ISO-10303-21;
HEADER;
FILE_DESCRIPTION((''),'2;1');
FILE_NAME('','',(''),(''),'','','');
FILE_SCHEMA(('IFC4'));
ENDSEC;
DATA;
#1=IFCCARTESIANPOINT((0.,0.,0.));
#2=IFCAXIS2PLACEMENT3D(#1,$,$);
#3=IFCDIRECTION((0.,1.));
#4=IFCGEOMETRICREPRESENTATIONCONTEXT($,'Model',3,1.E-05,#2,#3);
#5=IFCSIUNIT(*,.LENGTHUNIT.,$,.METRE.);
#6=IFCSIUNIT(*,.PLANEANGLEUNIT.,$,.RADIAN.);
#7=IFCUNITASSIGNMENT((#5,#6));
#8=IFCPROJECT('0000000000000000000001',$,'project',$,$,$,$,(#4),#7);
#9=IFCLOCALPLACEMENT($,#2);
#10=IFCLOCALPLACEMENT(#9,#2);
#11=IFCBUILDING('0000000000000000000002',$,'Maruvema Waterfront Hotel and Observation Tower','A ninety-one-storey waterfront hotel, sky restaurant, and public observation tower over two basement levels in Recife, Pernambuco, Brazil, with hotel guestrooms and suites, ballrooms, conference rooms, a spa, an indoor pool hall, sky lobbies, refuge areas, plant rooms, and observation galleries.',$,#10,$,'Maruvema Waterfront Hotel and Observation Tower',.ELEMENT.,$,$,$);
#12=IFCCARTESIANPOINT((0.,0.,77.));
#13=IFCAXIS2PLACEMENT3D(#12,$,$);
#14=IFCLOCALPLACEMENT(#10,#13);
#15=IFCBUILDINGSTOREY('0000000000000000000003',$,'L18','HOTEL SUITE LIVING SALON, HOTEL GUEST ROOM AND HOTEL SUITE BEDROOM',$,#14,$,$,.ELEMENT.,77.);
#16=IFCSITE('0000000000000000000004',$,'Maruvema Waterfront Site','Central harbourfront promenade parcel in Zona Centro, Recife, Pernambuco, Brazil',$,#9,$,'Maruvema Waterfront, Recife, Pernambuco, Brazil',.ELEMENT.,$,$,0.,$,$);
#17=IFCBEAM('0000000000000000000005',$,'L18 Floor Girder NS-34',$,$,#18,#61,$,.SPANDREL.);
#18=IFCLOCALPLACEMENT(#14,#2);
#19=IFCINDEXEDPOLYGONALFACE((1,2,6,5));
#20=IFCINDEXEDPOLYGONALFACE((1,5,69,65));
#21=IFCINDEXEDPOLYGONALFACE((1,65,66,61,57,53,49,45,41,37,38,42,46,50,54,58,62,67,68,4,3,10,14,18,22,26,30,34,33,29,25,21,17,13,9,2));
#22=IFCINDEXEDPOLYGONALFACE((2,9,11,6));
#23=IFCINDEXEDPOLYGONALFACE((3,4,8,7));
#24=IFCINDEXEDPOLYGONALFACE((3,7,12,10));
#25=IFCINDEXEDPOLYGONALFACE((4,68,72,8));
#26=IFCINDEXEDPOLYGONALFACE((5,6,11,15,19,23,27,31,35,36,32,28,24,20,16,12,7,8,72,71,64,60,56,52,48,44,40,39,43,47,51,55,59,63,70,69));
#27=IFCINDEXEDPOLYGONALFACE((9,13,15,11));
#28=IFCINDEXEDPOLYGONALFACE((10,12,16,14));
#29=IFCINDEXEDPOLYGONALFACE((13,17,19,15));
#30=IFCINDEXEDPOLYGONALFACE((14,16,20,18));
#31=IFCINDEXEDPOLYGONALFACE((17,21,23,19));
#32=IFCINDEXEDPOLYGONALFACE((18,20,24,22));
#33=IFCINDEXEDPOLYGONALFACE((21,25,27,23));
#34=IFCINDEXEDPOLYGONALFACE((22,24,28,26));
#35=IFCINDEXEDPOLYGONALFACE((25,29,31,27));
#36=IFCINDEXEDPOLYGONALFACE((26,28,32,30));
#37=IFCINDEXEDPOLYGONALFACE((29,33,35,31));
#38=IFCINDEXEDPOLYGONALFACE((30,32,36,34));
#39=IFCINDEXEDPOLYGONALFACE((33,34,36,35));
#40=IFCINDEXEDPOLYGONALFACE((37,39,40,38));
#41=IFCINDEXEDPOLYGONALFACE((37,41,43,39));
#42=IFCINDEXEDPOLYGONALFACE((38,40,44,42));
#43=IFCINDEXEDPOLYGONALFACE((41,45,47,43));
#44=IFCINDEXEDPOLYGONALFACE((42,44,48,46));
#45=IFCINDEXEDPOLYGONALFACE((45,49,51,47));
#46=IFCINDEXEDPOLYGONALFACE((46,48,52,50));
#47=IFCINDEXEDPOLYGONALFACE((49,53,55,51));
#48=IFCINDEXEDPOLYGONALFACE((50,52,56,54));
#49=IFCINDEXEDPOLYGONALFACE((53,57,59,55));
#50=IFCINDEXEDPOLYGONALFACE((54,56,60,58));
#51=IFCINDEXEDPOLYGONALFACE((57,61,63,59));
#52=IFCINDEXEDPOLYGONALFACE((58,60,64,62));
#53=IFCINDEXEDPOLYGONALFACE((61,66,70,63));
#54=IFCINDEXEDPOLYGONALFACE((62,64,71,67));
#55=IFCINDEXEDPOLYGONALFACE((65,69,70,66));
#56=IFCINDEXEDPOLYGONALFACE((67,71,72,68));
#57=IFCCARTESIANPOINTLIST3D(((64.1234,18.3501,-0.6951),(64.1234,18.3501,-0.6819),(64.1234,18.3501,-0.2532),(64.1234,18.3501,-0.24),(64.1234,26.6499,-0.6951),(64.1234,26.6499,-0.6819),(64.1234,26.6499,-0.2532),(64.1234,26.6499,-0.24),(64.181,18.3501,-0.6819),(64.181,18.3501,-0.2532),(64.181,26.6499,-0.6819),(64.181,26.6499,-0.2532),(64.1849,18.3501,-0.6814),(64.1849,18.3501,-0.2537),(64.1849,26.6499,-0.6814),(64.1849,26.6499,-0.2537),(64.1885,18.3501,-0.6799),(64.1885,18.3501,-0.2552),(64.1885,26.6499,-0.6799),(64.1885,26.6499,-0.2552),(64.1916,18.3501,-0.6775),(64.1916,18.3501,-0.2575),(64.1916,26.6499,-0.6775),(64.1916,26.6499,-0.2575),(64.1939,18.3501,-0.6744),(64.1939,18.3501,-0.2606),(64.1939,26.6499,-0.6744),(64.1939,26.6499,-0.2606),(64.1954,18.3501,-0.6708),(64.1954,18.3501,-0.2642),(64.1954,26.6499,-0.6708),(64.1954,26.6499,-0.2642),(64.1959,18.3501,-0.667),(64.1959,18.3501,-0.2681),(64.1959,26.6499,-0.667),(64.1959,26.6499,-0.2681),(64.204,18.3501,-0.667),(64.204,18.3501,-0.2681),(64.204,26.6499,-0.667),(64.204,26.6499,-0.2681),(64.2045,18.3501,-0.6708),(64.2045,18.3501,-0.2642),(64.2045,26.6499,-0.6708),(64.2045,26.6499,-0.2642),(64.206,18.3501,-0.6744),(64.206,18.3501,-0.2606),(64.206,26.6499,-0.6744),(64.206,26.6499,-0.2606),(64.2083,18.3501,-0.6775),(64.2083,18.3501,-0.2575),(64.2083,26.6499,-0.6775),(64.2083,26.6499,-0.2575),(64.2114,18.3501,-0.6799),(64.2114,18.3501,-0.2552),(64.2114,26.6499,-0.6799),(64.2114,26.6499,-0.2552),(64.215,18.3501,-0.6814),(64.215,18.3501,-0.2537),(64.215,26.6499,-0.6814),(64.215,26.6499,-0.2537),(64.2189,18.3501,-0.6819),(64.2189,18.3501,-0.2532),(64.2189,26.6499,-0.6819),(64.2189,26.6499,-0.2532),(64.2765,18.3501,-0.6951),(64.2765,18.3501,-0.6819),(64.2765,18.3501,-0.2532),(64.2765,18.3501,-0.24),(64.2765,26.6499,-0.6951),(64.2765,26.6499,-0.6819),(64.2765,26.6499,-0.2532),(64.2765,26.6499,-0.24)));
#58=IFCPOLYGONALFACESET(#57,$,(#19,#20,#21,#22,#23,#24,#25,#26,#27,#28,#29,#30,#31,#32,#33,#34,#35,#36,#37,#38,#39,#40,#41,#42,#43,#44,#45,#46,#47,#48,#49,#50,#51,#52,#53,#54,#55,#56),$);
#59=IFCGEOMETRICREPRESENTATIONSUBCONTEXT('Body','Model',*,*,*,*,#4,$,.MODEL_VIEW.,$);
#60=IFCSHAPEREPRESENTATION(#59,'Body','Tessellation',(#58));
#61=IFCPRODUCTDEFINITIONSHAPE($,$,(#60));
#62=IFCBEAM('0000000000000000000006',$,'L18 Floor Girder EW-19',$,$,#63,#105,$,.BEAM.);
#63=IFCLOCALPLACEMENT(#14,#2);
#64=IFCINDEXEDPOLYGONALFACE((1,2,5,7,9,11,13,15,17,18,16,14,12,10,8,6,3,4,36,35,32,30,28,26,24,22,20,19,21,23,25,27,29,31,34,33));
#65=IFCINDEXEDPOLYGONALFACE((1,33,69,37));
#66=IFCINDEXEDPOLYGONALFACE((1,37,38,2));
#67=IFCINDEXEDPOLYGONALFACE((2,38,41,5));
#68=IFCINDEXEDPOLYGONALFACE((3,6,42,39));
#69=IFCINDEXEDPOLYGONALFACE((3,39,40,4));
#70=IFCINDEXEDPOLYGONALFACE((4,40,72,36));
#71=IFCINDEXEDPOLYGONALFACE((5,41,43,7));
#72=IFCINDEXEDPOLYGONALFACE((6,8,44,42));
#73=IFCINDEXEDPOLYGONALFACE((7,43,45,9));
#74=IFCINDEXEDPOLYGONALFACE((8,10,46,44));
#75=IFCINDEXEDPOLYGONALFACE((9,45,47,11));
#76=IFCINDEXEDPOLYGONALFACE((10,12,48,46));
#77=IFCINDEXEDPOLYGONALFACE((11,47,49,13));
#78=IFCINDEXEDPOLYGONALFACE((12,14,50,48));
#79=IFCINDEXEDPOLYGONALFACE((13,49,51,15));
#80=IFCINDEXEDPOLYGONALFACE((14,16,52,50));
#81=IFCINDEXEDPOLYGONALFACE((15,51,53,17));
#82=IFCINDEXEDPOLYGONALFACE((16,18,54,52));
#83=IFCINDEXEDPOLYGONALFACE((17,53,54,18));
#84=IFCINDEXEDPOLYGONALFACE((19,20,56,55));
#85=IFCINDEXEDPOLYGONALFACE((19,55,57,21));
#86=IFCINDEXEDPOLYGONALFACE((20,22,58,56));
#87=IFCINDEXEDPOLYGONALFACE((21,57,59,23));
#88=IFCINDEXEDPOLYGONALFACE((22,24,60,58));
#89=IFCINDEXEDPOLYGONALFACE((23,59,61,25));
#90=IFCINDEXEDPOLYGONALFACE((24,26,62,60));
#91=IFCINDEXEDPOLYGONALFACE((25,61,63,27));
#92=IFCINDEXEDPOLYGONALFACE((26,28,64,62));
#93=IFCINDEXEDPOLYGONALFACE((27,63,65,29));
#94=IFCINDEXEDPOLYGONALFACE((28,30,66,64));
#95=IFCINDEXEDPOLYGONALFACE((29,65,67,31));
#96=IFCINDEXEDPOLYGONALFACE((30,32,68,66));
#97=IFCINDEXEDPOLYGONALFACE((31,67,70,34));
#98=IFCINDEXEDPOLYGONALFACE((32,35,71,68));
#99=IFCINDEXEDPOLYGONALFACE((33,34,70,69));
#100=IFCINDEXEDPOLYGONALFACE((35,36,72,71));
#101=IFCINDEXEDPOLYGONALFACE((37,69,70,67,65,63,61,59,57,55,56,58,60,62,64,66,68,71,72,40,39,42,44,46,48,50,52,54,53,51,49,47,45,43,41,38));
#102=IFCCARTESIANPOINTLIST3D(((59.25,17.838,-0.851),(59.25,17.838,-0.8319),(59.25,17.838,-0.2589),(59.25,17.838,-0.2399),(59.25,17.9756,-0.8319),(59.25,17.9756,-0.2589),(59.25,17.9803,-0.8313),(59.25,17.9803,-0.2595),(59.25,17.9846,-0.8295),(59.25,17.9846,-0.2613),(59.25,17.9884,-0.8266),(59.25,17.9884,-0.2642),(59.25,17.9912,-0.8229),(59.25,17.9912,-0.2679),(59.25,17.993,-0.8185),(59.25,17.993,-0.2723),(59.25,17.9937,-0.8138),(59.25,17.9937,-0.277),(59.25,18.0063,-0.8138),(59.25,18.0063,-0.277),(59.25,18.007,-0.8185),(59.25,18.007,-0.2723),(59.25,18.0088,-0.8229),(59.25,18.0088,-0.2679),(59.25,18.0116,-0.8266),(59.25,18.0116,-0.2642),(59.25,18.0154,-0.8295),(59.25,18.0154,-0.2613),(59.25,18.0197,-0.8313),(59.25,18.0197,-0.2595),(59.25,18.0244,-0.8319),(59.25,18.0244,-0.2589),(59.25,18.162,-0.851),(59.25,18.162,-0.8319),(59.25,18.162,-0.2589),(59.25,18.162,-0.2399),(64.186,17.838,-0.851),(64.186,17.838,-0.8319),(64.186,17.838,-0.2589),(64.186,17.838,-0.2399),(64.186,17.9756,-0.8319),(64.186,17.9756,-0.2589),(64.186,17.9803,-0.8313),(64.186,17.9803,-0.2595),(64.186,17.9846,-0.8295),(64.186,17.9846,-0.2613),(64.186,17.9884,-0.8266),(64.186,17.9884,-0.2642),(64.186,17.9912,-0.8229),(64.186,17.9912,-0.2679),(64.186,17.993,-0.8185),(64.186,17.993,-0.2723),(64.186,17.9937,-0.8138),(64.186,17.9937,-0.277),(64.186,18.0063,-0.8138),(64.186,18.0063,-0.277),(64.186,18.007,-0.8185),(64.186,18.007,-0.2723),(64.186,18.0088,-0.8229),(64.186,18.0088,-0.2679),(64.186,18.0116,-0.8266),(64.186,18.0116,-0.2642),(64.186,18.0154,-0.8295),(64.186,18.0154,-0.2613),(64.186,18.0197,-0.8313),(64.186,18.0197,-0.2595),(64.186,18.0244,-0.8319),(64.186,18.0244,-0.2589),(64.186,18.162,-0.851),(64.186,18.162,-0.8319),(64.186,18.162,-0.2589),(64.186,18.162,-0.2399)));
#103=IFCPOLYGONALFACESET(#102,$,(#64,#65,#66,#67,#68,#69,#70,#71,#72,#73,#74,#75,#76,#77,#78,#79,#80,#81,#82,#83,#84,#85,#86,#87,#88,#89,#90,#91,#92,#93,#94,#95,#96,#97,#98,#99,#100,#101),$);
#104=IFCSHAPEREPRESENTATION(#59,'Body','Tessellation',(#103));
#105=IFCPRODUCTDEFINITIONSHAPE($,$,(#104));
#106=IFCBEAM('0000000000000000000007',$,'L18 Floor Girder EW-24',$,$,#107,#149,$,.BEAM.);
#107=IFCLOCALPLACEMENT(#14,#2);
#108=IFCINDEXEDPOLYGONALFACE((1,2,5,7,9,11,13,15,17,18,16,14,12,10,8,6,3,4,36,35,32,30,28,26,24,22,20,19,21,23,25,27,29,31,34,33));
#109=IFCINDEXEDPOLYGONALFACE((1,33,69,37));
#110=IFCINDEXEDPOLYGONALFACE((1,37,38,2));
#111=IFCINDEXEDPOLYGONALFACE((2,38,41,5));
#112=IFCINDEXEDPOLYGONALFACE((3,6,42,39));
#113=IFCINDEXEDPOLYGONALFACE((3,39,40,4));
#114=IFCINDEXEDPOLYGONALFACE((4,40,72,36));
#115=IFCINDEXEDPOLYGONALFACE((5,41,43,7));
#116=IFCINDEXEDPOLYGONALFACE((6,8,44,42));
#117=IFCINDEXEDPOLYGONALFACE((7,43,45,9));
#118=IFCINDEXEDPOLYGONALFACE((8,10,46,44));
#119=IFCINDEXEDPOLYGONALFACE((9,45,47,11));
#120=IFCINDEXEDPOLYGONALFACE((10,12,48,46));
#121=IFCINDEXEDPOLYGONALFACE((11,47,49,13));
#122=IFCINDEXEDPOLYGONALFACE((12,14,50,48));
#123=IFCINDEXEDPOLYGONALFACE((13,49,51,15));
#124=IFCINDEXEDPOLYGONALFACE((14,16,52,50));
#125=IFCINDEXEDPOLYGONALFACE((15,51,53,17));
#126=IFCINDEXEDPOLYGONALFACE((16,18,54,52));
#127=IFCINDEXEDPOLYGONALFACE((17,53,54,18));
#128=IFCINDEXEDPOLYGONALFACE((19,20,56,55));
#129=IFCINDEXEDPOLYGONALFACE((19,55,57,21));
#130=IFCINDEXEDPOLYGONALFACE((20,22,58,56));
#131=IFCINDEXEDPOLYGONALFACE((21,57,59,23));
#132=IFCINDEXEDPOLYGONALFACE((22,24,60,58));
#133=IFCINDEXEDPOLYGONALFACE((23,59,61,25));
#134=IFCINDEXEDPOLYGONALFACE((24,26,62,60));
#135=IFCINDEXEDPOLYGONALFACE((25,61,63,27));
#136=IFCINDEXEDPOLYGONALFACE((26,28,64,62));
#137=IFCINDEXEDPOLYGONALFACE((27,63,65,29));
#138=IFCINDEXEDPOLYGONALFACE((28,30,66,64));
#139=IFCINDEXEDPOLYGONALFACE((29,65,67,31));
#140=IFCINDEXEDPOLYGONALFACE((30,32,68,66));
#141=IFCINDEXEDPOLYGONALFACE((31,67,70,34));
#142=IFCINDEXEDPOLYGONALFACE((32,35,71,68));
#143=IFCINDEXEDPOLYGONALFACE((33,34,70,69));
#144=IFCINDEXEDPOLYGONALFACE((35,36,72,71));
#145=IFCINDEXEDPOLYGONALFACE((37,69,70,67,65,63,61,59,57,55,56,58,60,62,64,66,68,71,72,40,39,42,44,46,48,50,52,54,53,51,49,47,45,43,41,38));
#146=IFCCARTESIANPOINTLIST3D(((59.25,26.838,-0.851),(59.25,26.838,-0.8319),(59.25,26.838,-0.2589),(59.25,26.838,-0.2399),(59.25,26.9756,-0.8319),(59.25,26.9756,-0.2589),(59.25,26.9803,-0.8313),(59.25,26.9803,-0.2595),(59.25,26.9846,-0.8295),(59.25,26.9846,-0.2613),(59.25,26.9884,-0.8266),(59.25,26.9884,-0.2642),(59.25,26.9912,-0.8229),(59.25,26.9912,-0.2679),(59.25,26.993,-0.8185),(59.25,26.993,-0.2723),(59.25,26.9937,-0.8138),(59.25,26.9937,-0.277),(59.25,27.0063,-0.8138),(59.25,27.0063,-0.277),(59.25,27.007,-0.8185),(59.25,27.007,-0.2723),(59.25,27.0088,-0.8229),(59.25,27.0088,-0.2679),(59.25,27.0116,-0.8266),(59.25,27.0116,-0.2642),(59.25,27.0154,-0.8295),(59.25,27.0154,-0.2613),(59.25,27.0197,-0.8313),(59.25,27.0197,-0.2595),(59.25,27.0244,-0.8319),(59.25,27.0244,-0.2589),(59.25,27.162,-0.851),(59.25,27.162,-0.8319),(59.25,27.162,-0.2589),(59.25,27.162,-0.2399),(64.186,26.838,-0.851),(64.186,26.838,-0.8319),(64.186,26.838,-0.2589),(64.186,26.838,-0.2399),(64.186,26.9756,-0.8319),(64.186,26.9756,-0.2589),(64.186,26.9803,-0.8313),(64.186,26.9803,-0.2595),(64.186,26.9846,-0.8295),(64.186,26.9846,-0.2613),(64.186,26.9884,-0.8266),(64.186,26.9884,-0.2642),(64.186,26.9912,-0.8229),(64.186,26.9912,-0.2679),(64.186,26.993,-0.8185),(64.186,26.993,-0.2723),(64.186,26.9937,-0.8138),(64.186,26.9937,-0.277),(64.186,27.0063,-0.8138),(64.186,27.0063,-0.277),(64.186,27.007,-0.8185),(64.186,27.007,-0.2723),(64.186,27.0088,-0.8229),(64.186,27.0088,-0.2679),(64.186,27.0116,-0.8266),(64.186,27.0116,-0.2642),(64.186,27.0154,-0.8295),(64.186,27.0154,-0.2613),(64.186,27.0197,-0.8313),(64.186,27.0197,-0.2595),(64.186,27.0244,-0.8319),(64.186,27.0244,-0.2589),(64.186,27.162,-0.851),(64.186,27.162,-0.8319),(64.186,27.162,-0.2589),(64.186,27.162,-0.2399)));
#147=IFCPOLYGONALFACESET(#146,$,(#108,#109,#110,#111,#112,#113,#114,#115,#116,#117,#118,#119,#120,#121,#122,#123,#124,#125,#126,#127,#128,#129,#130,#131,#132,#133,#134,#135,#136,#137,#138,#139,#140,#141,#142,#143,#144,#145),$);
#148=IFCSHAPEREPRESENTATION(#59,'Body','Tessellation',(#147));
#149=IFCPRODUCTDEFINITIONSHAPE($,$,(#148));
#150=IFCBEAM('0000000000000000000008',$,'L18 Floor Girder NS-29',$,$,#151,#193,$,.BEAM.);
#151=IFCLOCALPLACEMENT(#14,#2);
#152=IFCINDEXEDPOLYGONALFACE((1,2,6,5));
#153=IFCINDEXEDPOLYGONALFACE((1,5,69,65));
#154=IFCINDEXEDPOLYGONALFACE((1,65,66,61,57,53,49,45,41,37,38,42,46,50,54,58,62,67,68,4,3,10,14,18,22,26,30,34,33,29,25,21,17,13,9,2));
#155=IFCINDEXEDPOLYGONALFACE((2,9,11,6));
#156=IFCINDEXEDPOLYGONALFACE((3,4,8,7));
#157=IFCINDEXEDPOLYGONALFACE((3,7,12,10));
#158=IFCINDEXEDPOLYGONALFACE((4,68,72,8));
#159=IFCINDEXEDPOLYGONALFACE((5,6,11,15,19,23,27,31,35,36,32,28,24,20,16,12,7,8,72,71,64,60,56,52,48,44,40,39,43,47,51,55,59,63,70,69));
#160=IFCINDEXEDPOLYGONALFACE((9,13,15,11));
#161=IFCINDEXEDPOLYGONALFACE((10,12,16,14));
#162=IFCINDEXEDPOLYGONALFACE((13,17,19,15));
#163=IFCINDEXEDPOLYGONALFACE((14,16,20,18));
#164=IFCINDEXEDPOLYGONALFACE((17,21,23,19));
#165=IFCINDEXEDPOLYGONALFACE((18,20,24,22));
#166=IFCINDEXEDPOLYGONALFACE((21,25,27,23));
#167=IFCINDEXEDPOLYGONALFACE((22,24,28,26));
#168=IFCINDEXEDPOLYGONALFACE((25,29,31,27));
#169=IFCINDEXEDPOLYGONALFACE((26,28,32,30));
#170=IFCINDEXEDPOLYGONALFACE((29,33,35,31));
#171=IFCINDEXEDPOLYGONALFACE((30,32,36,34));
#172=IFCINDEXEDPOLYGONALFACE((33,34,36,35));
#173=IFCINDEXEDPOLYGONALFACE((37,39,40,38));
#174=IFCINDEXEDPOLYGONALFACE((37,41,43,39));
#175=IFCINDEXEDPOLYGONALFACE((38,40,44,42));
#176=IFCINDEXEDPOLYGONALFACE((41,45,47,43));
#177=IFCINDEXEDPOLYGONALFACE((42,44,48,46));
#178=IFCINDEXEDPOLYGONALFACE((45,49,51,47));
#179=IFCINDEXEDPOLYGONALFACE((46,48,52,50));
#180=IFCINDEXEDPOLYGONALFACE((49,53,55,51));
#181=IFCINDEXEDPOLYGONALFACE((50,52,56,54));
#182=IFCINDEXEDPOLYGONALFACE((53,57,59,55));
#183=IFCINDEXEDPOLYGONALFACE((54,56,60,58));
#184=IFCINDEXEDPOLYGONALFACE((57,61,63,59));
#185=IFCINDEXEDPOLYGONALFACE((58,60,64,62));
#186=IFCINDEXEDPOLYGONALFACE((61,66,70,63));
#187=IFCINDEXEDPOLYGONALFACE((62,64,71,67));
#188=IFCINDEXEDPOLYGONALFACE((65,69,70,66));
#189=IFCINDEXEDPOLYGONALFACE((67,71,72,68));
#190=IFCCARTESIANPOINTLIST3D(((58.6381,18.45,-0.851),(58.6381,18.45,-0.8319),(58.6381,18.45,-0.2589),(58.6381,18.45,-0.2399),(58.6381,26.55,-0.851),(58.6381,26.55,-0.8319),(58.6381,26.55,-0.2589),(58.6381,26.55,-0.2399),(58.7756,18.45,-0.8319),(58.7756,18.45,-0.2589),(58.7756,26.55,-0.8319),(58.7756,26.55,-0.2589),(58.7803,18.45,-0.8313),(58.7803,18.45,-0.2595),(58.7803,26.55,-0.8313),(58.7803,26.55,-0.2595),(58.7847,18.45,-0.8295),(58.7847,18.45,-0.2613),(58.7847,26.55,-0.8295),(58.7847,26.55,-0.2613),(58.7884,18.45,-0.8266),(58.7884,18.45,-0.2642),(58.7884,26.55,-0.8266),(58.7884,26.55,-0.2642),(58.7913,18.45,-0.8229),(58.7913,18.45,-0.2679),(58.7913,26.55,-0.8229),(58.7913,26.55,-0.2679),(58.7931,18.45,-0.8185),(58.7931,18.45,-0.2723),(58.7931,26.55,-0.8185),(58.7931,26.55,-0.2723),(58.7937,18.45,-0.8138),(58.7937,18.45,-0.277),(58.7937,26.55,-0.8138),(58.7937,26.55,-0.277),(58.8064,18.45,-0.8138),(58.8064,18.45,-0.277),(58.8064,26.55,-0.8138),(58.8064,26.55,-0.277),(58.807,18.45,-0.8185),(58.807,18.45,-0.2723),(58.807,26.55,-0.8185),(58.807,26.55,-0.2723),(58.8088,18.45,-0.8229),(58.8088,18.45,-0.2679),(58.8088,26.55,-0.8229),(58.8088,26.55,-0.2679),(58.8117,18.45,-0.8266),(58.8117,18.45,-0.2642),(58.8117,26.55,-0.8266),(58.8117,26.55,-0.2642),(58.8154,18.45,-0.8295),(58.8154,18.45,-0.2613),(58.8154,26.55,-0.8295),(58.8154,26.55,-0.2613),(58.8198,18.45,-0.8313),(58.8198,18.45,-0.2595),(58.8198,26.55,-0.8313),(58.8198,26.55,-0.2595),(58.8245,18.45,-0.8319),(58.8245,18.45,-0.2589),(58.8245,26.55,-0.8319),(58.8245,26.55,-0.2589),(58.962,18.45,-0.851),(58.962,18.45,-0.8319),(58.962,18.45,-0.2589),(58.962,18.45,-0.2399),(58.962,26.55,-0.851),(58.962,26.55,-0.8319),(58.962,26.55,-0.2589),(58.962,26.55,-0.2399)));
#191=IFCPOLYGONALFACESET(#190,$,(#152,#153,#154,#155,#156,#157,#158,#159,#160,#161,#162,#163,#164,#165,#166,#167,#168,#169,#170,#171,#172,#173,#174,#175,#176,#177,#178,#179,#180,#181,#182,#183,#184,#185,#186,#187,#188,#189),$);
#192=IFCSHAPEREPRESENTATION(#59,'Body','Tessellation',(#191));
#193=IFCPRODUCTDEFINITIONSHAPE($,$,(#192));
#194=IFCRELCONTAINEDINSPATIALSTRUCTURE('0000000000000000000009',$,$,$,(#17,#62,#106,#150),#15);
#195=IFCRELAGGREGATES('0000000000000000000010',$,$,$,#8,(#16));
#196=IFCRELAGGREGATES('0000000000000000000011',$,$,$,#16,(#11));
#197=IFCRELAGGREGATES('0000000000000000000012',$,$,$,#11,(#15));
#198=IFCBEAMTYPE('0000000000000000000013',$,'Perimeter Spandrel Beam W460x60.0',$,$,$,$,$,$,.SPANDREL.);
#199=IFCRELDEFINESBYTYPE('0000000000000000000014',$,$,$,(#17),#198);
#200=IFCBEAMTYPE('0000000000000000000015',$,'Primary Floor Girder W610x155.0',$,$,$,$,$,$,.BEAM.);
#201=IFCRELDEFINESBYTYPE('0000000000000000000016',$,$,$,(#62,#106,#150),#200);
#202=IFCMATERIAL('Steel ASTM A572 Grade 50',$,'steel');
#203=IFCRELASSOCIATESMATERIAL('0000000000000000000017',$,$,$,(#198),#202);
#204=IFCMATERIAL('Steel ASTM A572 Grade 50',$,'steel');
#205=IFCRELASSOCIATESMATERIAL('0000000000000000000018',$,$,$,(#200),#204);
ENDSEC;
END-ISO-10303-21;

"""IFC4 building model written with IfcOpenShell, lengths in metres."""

from ifc_helpers import new_model, si_unit, direction, frame, origin, origin_2d, place, context, subcontext, project, spatial, i_section, extrude, material, material_profile, profile_set, type_object, element, save


model = new_model("IFC4")

# Units and contexts
model_context = context("Model", 3, precision=1e-05, world=origin(), true_north=direction((0.0, 1.0)))
body_context = subcontext(model_context, "Body", "Model", "MODEL_VIEW")
ifc_project = project(units=[si_unit("LENGTHUNIT", "METRE"), si_unit("PLANEANGLEUNIT", "RADIAN")], contexts=[model_context])

# Site, building, storey
site_placement = place(None, origin())
site = spatial("IfcSite", under=ifc_project, at=site_placement, Name="Maruvema Waterfront Site", Description="Central harbourfront promenade parcel in Zona Centro, Recife, Pernambuco, Brazil", LongName="Maruvema Waterfront, Recife, Pernambuco, Brazil", CompositionType="ELEMENT", RefElevation=0.0)
building_placement = place(site_placement, origin())
building = spatial("IfcBuilding", under=site, at=building_placement, Name="Maruvema Waterfront Hotel and Observation Tower", Description="A ninety-one-storey waterfront hotel, sky restaurant, and public observation tower over two basement levels in Recife, Pernambuco, Brazil, with hotel guestrooms and suites, ballrooms, conference rooms, a spa, an indoor pool hall, sky lobbies, refuge areas, plant rooms, and observation galleries.", LongName="Maruvema Waterfront Hotel and Observation Tower", CompositionType="ELEMENT")
storey_placement = place(building_placement, frame((0.0, 0.0, 77.0)))
storey = spatial("IfcBuildingStorey", under=building, at=storey_placement, Name="L18", Description="HOTEL SUITE LIVING SALON, HOTEL GUEST ROOM AND HOTEL SUITE BEDROOM", CompositionType="ELEMENT", Elevation=77.0)

# Beams
ifc_material_1 = material(Name="Steel ASTM A572 Grade 50", Category="steel")
ifc_material_profile_1 = material_profile(ifc_material_1, i_section(OverallWidth=0.1531, OverallDepth=0.4551, WebThickness=0.0081, FlangeThickness=0.0132, FilletRadius=0.0149, at=origin_2d()), Name="W460x60.0")
ifc_profile_set_1 = profile_set([ifc_material_profile_1], Name="Steel ASTM A572 Grade 50")
beam_type_1 = type_object("IfcBeamType", Name="Perimeter Spandrel Beam W460x60.0", PredefinedType="SPANDREL", material=ifc_profile_set_1)
beam_1_placement = place(storey_placement, frame((64.2, 18.3501, -0.4675), z_axis=(0.0, 1.0, 0.0), x_axis=(-1.0, 0.0, 0.0)))
element("IfcBeam", 1, at=beam_1_placement, inside=storey, type_object=beam_type_1, Name="L18 Floor Girder NS-34", PredefinedType="SPANDREL", context=body_context, shape_type="SweptSolid", body=[
    extrude(i_section(OverallWidth=0.1531, OverallDepth=0.4551, WebThickness=0.0081, FlangeThickness=0.0132, FilletRadius=0.0149, at=origin_2d()), origin(), (0.0, 0.0, 1.0), 8.2998),
])
ifc_material_2 = material(Name="Steel ASTM A572 Grade 50", Category="steel")
ifc_material_profile_2 = material_profile(ifc_material_2, i_section(OverallWidth=0.324, OverallDepth=0.6111, WebThickness=0.0127, FlangeThickness=0.019, FilletRadius=0.0181, at=origin_2d()), Name="W610x155.0")
ifc_profile_set_2 = profile_set([ifc_material_profile_2], Name="Steel ASTM A572 Grade 50")
beam_type_2 = type_object("IfcBeamType", Name="Primary Floor Girder W610x155.0", PredefinedType="BEAM", material=ifc_profile_set_2)
for number, where, z_axis, x_axis, name in (
    (2, (59.25, 18.0, -0.5454), (1.0, 0.0, 0.0), (0.0, 1.0, 0.0), "L18 Floor Girder EW-19"),
    (3, (59.25, 27.0, -0.5454), (1.0, 0.0, 0.0), (0.0, 1.0, 0.0), "L18 Floor Girder EW-24"),
):
    element("IfcBeam", number, at=place(storey_placement, frame(where, z_axis=z_axis, x_axis=x_axis)), inside=storey, type_object=beam_type_2, Name=name, PredefinedType="BEAM", context=body_context, shape_type="SweptSolid", body=[
        extrude(i_section(OverallWidth=0.324, OverallDepth=0.6111, WebThickness=0.0127, FlangeThickness=0.019, FilletRadius=0.0181, at=origin_2d()), origin(), (0.0, 0.0, 1.0), 4.936),
    ])
beam_2_placement = place(storey_placement, frame((58.8, 18.45, -0.5454), z_axis=(0.0, 1.0, 0.0), x_axis=(-1.0, 0.0, 0.0)))
element("IfcBeam", 4, at=beam_2_placement, inside=storey, type_object=beam_type_2, Name="L18 Floor Girder NS-29", PredefinedType="BEAM", context=body_context, shape_type="SweptSolid", body=[
    extrude(i_section(OverallWidth=0.324, OverallDepth=0.6111, WebThickness=0.0127, FlangeThickness=0.019, FilletRadius=0.0181, at=origin_2d()), origin(), (0.0, 0.0, 1.0), 8.1001),
])

save(model, "model.ifc")
